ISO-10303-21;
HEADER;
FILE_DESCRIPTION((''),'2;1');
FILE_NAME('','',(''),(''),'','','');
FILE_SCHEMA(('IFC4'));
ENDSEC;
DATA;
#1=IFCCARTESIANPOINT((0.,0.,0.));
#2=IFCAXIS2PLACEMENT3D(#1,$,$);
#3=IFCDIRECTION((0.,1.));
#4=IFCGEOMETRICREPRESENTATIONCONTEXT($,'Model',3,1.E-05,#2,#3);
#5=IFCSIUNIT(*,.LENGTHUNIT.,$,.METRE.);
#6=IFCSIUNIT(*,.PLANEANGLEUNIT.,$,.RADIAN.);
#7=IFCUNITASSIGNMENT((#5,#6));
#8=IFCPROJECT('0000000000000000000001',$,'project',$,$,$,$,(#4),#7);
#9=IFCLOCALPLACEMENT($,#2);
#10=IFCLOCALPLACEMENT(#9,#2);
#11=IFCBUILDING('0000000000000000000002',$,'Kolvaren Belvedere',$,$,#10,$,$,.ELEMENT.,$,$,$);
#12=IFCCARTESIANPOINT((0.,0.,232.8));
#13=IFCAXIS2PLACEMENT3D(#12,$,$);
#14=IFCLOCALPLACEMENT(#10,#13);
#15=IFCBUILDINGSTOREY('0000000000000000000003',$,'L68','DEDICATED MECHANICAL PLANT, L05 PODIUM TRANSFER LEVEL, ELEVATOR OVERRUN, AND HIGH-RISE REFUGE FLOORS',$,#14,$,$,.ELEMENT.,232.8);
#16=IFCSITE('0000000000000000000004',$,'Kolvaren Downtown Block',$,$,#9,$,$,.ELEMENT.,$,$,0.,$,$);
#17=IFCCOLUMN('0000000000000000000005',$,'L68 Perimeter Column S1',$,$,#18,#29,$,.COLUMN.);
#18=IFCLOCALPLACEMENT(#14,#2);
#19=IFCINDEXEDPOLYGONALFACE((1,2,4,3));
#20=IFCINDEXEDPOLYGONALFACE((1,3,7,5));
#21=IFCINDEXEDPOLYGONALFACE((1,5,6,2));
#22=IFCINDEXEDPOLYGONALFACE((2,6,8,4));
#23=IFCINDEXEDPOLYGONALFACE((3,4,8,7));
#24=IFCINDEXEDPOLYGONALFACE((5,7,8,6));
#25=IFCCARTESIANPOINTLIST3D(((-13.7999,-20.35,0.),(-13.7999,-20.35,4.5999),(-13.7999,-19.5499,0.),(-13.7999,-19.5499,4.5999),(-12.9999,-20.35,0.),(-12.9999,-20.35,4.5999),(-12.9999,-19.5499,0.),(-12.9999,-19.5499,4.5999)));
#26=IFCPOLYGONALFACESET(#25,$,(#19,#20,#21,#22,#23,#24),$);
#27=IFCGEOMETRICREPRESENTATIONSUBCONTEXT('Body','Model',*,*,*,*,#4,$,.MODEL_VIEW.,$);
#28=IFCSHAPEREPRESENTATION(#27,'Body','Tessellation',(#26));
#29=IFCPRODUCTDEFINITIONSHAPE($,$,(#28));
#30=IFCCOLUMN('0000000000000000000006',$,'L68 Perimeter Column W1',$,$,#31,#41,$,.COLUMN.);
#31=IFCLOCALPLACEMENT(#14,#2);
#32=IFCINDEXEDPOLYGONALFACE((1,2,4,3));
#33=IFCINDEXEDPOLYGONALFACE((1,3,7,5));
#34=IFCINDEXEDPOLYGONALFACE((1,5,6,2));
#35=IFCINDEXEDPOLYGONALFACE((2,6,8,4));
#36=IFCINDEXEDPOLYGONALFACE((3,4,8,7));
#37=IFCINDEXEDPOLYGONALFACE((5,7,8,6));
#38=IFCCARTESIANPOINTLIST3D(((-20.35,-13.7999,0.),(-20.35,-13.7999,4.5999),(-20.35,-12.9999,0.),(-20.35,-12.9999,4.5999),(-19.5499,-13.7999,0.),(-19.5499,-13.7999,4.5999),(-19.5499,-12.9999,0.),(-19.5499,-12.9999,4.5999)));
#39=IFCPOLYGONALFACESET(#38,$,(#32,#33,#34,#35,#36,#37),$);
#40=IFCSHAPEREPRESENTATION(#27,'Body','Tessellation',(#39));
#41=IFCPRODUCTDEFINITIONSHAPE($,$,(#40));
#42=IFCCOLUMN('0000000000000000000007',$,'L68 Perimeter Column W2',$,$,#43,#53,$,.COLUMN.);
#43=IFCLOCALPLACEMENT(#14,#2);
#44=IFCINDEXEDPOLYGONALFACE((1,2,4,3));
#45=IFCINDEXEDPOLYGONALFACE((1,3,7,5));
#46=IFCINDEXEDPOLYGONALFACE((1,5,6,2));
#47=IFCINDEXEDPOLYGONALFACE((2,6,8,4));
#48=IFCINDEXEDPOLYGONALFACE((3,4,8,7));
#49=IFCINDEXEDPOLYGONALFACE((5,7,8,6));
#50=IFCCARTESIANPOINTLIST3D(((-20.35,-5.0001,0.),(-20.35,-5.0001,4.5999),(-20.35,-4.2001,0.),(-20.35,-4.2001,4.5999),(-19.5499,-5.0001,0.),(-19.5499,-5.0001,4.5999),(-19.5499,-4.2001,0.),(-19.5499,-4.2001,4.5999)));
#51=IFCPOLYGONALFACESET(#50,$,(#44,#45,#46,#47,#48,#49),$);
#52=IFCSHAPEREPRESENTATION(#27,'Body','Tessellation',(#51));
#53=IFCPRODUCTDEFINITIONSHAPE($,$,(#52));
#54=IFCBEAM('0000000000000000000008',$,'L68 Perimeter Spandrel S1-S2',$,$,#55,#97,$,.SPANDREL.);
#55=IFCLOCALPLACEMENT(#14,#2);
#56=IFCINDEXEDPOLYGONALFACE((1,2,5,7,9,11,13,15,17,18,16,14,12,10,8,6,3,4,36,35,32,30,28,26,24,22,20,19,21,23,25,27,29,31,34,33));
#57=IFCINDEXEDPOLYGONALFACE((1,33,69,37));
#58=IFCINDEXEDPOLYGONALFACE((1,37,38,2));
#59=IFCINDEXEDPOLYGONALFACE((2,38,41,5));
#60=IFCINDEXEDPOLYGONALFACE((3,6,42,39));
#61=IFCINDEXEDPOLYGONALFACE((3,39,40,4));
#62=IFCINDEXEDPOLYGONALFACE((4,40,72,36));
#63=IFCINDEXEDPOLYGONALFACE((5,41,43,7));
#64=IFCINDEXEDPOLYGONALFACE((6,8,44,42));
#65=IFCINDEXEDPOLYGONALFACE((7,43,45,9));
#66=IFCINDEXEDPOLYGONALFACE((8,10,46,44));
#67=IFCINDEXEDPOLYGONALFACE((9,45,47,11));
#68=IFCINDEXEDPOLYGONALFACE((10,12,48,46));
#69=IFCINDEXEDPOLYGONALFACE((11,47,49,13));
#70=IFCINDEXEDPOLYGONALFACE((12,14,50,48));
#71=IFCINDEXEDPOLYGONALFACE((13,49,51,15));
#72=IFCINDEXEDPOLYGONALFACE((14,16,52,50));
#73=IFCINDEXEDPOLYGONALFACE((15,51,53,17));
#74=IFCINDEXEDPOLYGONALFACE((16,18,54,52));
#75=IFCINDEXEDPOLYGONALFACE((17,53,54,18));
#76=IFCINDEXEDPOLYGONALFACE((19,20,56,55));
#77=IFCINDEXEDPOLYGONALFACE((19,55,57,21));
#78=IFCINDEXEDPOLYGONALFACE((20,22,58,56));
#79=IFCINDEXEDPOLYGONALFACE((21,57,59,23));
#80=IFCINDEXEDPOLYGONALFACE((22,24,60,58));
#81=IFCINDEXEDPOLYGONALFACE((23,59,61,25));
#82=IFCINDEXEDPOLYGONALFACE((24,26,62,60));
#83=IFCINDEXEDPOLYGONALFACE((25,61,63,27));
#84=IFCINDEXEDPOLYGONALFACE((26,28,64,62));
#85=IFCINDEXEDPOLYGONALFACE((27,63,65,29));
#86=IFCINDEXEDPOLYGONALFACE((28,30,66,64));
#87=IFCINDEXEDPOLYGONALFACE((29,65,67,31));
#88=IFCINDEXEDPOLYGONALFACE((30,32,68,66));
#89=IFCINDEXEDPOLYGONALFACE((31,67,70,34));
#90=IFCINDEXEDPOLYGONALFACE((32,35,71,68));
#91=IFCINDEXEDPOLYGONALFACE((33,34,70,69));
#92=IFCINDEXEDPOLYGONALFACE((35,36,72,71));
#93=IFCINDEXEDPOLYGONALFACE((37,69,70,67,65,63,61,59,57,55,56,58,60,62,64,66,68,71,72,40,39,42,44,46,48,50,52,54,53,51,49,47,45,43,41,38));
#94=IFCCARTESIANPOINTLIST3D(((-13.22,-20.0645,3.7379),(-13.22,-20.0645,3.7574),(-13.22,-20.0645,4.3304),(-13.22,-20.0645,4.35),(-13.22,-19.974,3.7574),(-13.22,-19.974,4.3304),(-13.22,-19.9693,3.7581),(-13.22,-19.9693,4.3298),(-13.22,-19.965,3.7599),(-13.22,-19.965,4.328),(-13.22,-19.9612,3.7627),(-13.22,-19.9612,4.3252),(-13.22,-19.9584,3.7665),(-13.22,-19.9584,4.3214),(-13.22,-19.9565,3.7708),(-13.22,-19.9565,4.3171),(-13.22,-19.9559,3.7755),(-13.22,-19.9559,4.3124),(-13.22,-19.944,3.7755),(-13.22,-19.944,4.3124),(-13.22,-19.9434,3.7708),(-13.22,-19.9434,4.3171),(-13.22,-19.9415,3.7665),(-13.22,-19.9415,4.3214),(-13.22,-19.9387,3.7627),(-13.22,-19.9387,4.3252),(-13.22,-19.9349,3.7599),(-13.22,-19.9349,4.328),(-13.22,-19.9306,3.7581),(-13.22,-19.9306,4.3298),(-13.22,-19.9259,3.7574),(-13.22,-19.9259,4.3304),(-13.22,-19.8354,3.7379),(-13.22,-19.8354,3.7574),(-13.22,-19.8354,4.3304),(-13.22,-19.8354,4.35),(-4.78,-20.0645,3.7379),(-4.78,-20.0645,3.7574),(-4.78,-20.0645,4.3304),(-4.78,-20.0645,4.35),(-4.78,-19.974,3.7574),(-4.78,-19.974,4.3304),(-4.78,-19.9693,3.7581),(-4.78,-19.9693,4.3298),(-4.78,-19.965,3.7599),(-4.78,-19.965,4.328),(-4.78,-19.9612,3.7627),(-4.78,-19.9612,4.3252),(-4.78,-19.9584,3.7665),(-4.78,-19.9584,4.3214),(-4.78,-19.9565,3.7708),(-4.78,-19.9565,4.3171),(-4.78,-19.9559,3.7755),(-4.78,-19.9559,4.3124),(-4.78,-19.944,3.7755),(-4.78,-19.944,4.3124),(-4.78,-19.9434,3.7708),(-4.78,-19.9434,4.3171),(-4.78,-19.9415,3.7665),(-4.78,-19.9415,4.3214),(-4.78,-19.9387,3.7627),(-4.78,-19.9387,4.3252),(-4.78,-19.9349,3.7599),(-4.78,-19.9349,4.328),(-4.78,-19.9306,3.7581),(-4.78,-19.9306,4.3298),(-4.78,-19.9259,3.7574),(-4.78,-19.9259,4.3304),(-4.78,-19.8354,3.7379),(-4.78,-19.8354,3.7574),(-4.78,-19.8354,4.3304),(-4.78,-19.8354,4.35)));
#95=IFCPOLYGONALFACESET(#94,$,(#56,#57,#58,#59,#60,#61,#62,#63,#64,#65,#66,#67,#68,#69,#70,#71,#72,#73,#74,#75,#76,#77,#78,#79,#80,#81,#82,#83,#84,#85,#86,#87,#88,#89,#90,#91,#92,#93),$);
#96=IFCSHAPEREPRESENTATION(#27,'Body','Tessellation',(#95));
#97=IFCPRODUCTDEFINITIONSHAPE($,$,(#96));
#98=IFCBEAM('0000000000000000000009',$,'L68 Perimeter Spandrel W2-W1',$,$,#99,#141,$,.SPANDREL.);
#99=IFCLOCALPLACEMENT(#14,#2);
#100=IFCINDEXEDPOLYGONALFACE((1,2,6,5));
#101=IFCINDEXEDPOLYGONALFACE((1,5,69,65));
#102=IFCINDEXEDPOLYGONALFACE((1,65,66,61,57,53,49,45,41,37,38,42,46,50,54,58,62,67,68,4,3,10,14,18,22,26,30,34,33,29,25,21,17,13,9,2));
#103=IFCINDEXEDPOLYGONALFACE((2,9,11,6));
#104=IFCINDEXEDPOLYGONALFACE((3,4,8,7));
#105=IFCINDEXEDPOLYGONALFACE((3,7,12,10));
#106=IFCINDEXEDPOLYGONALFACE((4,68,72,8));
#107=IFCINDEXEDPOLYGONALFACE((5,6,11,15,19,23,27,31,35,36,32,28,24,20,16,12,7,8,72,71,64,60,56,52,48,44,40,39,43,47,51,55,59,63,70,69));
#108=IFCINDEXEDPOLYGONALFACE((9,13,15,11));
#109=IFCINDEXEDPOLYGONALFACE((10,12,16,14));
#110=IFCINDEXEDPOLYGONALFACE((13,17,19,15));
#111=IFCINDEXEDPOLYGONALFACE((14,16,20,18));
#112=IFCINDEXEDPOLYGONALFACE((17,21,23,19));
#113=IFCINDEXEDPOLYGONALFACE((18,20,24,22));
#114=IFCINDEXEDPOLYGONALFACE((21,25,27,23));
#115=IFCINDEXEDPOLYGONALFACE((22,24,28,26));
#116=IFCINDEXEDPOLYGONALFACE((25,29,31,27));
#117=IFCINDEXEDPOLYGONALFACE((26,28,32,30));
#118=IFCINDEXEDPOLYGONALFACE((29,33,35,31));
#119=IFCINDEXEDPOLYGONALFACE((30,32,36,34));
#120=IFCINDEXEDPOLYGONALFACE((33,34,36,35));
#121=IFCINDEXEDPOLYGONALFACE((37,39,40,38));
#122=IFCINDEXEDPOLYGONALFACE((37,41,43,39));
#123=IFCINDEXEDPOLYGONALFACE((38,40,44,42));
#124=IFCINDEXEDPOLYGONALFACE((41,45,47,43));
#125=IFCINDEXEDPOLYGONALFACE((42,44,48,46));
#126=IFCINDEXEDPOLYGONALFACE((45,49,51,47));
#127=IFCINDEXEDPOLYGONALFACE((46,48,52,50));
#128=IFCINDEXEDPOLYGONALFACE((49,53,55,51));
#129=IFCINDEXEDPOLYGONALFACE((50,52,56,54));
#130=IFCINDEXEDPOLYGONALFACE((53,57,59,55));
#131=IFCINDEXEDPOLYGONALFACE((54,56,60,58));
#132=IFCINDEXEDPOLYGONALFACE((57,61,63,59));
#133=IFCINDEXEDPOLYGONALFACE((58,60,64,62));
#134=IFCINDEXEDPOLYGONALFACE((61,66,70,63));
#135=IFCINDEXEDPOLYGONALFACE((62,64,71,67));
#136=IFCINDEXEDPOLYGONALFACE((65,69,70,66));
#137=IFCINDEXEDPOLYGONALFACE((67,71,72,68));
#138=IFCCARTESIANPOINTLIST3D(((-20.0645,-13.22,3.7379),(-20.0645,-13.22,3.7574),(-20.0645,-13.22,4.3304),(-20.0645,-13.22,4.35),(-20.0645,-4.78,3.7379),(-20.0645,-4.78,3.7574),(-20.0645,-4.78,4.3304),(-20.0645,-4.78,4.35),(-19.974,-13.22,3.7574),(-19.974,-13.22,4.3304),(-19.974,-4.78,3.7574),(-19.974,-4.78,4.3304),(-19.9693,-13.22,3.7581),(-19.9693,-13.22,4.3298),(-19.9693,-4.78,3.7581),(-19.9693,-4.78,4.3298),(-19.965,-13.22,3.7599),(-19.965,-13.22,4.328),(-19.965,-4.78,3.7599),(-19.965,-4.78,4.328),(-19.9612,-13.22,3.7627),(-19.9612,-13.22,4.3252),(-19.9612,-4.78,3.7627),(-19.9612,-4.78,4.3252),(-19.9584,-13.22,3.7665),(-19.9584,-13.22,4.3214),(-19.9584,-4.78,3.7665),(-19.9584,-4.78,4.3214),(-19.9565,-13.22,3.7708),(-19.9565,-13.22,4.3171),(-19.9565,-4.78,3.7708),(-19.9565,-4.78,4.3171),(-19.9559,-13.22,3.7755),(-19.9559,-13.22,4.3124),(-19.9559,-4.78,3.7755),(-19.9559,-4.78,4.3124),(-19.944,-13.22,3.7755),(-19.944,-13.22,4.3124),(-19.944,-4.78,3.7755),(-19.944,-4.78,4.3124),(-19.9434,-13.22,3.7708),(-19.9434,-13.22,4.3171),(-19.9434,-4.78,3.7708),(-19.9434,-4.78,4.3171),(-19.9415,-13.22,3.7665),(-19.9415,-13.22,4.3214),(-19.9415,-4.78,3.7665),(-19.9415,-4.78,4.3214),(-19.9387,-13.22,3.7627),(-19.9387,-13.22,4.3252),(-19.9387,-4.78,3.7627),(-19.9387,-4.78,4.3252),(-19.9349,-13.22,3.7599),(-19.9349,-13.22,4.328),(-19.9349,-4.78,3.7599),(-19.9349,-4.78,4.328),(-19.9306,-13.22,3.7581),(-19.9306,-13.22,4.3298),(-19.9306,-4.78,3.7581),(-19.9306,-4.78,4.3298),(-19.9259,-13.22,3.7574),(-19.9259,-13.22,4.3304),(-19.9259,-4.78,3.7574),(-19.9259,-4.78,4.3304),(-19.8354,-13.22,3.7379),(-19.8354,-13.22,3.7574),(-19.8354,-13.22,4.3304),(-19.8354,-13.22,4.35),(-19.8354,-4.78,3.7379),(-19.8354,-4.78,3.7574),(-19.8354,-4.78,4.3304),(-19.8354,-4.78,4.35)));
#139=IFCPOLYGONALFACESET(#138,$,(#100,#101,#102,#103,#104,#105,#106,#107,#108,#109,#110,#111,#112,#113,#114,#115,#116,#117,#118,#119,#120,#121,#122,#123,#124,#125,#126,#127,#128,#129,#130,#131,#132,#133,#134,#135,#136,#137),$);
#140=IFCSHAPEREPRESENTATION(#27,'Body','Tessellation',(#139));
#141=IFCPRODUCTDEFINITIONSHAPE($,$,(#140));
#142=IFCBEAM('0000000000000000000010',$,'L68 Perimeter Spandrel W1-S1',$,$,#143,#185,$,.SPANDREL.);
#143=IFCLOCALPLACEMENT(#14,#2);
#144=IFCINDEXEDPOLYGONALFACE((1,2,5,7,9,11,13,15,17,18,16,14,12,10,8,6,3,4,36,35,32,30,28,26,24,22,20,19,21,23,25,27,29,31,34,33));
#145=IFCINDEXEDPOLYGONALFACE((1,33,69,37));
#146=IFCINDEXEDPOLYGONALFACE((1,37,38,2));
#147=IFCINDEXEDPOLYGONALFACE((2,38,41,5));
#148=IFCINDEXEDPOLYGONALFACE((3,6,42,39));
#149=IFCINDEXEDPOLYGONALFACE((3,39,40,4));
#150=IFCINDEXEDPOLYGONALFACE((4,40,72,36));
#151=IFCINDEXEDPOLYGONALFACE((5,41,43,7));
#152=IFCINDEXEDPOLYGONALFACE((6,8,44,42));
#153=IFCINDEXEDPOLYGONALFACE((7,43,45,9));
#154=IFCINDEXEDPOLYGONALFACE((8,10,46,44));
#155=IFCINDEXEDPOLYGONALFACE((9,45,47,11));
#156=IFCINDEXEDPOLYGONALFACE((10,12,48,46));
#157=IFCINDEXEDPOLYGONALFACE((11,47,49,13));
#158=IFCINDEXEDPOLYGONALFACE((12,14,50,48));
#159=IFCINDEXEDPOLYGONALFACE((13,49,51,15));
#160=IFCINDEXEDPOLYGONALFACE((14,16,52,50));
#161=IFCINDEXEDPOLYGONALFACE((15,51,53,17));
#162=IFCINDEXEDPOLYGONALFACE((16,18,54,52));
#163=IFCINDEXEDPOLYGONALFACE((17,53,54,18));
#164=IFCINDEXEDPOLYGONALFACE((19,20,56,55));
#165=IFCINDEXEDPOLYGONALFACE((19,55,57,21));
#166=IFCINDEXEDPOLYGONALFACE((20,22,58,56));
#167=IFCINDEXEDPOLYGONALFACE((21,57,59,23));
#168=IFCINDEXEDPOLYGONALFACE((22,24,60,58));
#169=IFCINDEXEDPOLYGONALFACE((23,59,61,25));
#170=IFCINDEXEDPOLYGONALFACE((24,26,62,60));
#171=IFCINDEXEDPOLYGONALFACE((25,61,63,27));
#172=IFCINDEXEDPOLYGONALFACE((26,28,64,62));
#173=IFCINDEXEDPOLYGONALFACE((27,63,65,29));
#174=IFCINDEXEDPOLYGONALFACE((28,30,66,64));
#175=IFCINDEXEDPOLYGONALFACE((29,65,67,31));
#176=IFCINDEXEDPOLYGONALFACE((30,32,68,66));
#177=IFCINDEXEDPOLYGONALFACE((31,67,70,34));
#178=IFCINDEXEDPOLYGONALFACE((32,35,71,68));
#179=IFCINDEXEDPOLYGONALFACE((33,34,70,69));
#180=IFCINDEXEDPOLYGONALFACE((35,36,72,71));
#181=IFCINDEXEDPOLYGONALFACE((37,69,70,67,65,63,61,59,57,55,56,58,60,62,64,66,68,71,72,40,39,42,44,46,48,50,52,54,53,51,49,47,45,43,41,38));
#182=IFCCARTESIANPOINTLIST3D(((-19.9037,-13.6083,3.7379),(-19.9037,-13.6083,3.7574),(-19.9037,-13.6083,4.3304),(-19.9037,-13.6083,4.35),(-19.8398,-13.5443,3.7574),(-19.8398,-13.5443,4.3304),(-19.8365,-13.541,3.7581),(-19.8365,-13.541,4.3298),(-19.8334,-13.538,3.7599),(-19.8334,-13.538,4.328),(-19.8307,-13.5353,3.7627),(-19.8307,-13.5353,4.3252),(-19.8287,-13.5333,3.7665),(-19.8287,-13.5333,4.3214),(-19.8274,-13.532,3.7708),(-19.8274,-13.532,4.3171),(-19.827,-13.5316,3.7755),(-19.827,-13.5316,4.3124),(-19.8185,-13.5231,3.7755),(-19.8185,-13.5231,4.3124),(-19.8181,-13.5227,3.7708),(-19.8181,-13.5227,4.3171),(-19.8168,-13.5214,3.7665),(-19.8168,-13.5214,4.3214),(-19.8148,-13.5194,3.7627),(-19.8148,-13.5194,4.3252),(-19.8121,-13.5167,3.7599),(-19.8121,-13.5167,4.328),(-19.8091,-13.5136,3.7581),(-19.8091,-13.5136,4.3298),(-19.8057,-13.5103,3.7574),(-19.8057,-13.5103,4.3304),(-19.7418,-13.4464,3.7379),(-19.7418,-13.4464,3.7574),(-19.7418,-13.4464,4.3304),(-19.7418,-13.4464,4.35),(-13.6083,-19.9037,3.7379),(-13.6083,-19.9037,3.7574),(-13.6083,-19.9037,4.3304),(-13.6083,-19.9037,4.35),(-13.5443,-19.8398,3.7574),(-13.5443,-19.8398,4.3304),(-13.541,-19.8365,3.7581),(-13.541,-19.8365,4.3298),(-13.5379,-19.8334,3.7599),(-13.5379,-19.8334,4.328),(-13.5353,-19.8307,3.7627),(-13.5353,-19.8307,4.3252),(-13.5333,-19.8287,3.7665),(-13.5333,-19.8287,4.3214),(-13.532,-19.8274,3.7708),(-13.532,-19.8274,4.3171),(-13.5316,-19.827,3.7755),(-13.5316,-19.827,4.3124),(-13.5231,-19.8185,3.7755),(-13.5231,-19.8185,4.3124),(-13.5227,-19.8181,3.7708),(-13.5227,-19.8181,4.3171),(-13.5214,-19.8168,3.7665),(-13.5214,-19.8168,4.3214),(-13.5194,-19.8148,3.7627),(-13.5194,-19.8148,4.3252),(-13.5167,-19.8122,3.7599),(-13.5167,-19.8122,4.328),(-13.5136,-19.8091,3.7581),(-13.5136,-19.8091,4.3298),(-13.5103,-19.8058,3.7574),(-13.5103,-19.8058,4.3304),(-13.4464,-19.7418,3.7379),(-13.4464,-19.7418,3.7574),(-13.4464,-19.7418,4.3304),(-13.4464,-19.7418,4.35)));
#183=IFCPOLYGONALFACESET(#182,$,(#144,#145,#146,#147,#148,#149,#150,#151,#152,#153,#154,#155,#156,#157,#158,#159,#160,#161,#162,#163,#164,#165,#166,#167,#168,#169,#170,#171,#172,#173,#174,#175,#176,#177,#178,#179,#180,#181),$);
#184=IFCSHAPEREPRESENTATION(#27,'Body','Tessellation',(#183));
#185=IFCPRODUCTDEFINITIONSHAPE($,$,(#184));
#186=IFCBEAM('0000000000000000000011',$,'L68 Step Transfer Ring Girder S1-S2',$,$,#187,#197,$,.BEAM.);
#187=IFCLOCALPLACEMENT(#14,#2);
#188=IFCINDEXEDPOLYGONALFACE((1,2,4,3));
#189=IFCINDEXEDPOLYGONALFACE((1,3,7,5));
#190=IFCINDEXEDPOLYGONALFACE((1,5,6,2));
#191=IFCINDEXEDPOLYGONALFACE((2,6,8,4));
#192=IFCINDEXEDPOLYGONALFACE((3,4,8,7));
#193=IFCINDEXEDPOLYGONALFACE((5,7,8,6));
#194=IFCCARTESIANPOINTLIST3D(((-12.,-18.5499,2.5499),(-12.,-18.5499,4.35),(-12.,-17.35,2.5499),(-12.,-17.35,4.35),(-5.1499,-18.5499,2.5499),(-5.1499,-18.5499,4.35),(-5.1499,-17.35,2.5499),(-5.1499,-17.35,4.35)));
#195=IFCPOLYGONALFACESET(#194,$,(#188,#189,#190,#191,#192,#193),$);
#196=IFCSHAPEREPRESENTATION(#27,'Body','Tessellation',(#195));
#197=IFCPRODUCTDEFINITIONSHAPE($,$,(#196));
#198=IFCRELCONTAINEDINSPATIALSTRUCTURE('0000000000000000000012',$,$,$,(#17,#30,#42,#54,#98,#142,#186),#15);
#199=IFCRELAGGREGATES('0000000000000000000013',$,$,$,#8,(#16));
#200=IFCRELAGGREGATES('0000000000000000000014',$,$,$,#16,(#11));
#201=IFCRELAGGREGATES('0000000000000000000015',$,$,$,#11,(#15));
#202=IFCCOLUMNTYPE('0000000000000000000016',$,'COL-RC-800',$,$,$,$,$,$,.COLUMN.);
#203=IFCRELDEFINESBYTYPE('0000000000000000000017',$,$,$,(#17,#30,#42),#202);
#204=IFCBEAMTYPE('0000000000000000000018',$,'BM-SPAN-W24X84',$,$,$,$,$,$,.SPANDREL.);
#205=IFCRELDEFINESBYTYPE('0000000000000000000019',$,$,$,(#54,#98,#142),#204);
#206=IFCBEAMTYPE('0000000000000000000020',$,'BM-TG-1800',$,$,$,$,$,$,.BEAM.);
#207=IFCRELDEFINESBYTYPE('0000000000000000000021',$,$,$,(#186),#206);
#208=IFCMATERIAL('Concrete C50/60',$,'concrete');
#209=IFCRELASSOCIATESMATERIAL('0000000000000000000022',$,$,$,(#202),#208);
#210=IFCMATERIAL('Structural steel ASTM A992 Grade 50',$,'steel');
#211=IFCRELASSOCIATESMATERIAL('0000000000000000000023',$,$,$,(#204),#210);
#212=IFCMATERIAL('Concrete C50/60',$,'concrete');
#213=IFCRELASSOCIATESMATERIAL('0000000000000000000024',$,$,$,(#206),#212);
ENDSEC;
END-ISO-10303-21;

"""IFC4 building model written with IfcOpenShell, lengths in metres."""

from ifc_helpers import new_model, si_unit, direction, frame, origin, origin_2d, place, context, subcontext, project, spatial, rectangle, i_section, extrude, material, material_profile, profile_set, type_object, element, save


model = new_model("IFC4")

# Units and contexts
model_context = context("Model", 3, precision=1e-05, world=origin(), true_north=direction((0.0, 1.0)))
body_context = subcontext(model_context, "Body", "Model", "MODEL_VIEW")
ifc_project = project(units=[si_unit("LENGTHUNIT", "METRE"), si_unit("PLANEANGLEUNIT", "RADIAN")], contexts=[model_context])

# Site, building, storey
site_placement = place(None, origin())
site = spatial("IfcSite", under=ifc_project, at=site_placement, Name="Kolvaren Downtown Block", CompositionType="ELEMENT", RefElevation=0.0)
building_placement = place(site_placement, origin())
building = spatial("IfcBuilding", under=site, at=building_placement, Name="Kolvaren Belvedere", CompositionType="ELEMENT")
storey_placement = place(building_placement, frame((0.0, 0.0, 232.8)))
storey = spatial("IfcBuildingStorey", under=building, at=storey_placement, Name="L68", Description="DEDICATED MECHANICAL PLANT, L05 PODIUM TRANSFER LEVEL, ELEVATOR OVERRUN, AND HIGH-RISE REFUGE FLOORS", CompositionType="ELEMENT", Elevation=232.8)

# Columns
ifc_material_1 = material(Name="Concrete C50/60", Category="concrete")
ifc_material_profile_1 = material_profile(ifc_material_1, rectangle(XDim=0.8, YDim=0.8, at=origin_2d()), Name="RC 800X800")
ifc_profile_set_1 = profile_set([ifc_material_profile_1], Name="Concrete C50/60")
column_type = type_object("IfcColumnType", Name="COL-RC-800", PredefinedType="COLUMN", material=ifc_profile_set_1)
for number, where, z_axis, x_axis, name in (
    (1, (-13.3999, -19.95, 0.0), (0.0, 0.0, 1.0), (1.0, 0.0, 0.0), "L68 Perimeter Column S1"),
    (2, (-19.95, -13.3999, 0.0), (0.0, 0.0, 1.0), (1.0, 0.0, 0.0), "L68 Perimeter Column W1"),
    (3, (-19.95, -4.6001, 0.0), (0.0, 0.0, 1.0), (1.0, 0.0, 0.0), "L68 Perimeter Column W2"),
):
    element("IfcColumn", number, at=place(storey_placement, frame(where, z_axis=z_axis, x_axis=x_axis)), inside=storey, type_object=column_type, Name=name, PredefinedType="COLUMN", context=body_context, shape_type="SweptSolid", body=[
        extrude(rectangle(XDim=0.8, YDim=0.8, at=origin_2d()), origin(), (0.0, 0.0, 1.0), 4.5999),
    ])

# Beams
ifc_material_2 = material(Name="Structural steel ASTM A992 Grade 50", Category="steel")
ifc_material_profile_2 = material_profile(ifc_material_2, i_section(OverallWidth=0.229, OverallDepth=0.6121, WebThickness=0.012, FlangeThickness=0.0195, FilletRadius=0.0181, at=origin_2d()), Name="W24X84")
ifc_profile_set_2 = profile_set([ifc_material_profile_2], Name="Structural steel ASTM A992 Grade 50")
beam_type_1 = type_object("IfcBeamType", Name="BM-SPAN-W24X84", PredefinedType="SPANDREL", material=ifc_profile_set_2)
for number, where, z_axis, x_axis, name in (
    (4, (-13.22, -19.95, 4.0439), (1.0, 0.0, 0.0), (0.0, 1.0, 0.0), "L68 Perimeter Spandrel S1-S2"),
    (5, (-19.95, -4.78, 4.0439), (0.0, -1.0, 0.0), (1.0, 0.0, 0.0), "L68 Perimeter Spandrel W2-W1"),
):
    element("IfcBeam", number, at=place(storey_placement, frame(where, z_axis=z_axis, x_axis=x_axis)), inside=storey, type_object=beam_type_1, Name=name, PredefinedType="SPANDREL", context=body_context, shape_type="SweptSolid", body=[
        extrude(i_section(OverallWidth=0.229, OverallDepth=0.6121, WebThickness=0.012, FlangeThickness=0.0195, FilletRadius=0.0181, at=origin_2d()), origin(), (0.0, 0.0, 1.0), 8.4399),
    ])
beam_1_placement = place(storey_placement, frame((-19.8228, -13.5273, 4.0439), z_axis=(0.707107, -0.707107, 0.0), x_axis=(0.707107, 0.707107, 0.0)))
element("IfcBeam", 6, at=beam_1_placement, inside=storey, type_object=beam_type_1, Name="L68 Perimeter Spandrel W1-S1", PredefinedType="SPANDREL", context=body_context, shape_type="SweptSolid", body=[
    extrude(i_section(OverallWidth=0.229, OverallDepth=0.6121, WebThickness=0.012, FlangeThickness=0.0195, FilletRadius=0.0181, at=origin_2d()), origin(), (0.0, 0.0, 1.0), 8.9031),
])
ifc_material_3 = material(Name="Concrete C50/60", Category="concrete")
ifc_material_profile_3 = material_profile(ifc_material_3, rectangle(XDim=1.2, YDim=1.8, at=origin_2d()), Name="RC 1200X1800")
ifc_profile_set_3 = profile_set([ifc_material_profile_3], Name="Concrete C50/60")
beam_type_2 = type_object("IfcBeamType", Name="BM-TG-1800", PredefinedType="BEAM", material=ifc_profile_set_3)
for number, where, z_axis, x_axis, name in (
    (7, (-12.0, -17.95, 3.45), (1.0, 0.0, 0.0), (0.0, 1.0, 0.0), "L68 Step Transfer Ring Girder S1-S2"),
):
    element("IfcBeam", number, at=place(storey_placement, frame(where, z_axis=z_axis, x_axis=x_axis)), inside=storey, type_object=beam_type_2, Name=name, PredefinedType="BEAM", context=body_context, shape_type="SweptSolid", body=[
        extrude(rectangle(XDim=1.2, YDim=1.8, at=origin_2d()), origin(), (0.0, 0.0, 1.0), 6.8501),
    ])

save(model, "model.ifc")
